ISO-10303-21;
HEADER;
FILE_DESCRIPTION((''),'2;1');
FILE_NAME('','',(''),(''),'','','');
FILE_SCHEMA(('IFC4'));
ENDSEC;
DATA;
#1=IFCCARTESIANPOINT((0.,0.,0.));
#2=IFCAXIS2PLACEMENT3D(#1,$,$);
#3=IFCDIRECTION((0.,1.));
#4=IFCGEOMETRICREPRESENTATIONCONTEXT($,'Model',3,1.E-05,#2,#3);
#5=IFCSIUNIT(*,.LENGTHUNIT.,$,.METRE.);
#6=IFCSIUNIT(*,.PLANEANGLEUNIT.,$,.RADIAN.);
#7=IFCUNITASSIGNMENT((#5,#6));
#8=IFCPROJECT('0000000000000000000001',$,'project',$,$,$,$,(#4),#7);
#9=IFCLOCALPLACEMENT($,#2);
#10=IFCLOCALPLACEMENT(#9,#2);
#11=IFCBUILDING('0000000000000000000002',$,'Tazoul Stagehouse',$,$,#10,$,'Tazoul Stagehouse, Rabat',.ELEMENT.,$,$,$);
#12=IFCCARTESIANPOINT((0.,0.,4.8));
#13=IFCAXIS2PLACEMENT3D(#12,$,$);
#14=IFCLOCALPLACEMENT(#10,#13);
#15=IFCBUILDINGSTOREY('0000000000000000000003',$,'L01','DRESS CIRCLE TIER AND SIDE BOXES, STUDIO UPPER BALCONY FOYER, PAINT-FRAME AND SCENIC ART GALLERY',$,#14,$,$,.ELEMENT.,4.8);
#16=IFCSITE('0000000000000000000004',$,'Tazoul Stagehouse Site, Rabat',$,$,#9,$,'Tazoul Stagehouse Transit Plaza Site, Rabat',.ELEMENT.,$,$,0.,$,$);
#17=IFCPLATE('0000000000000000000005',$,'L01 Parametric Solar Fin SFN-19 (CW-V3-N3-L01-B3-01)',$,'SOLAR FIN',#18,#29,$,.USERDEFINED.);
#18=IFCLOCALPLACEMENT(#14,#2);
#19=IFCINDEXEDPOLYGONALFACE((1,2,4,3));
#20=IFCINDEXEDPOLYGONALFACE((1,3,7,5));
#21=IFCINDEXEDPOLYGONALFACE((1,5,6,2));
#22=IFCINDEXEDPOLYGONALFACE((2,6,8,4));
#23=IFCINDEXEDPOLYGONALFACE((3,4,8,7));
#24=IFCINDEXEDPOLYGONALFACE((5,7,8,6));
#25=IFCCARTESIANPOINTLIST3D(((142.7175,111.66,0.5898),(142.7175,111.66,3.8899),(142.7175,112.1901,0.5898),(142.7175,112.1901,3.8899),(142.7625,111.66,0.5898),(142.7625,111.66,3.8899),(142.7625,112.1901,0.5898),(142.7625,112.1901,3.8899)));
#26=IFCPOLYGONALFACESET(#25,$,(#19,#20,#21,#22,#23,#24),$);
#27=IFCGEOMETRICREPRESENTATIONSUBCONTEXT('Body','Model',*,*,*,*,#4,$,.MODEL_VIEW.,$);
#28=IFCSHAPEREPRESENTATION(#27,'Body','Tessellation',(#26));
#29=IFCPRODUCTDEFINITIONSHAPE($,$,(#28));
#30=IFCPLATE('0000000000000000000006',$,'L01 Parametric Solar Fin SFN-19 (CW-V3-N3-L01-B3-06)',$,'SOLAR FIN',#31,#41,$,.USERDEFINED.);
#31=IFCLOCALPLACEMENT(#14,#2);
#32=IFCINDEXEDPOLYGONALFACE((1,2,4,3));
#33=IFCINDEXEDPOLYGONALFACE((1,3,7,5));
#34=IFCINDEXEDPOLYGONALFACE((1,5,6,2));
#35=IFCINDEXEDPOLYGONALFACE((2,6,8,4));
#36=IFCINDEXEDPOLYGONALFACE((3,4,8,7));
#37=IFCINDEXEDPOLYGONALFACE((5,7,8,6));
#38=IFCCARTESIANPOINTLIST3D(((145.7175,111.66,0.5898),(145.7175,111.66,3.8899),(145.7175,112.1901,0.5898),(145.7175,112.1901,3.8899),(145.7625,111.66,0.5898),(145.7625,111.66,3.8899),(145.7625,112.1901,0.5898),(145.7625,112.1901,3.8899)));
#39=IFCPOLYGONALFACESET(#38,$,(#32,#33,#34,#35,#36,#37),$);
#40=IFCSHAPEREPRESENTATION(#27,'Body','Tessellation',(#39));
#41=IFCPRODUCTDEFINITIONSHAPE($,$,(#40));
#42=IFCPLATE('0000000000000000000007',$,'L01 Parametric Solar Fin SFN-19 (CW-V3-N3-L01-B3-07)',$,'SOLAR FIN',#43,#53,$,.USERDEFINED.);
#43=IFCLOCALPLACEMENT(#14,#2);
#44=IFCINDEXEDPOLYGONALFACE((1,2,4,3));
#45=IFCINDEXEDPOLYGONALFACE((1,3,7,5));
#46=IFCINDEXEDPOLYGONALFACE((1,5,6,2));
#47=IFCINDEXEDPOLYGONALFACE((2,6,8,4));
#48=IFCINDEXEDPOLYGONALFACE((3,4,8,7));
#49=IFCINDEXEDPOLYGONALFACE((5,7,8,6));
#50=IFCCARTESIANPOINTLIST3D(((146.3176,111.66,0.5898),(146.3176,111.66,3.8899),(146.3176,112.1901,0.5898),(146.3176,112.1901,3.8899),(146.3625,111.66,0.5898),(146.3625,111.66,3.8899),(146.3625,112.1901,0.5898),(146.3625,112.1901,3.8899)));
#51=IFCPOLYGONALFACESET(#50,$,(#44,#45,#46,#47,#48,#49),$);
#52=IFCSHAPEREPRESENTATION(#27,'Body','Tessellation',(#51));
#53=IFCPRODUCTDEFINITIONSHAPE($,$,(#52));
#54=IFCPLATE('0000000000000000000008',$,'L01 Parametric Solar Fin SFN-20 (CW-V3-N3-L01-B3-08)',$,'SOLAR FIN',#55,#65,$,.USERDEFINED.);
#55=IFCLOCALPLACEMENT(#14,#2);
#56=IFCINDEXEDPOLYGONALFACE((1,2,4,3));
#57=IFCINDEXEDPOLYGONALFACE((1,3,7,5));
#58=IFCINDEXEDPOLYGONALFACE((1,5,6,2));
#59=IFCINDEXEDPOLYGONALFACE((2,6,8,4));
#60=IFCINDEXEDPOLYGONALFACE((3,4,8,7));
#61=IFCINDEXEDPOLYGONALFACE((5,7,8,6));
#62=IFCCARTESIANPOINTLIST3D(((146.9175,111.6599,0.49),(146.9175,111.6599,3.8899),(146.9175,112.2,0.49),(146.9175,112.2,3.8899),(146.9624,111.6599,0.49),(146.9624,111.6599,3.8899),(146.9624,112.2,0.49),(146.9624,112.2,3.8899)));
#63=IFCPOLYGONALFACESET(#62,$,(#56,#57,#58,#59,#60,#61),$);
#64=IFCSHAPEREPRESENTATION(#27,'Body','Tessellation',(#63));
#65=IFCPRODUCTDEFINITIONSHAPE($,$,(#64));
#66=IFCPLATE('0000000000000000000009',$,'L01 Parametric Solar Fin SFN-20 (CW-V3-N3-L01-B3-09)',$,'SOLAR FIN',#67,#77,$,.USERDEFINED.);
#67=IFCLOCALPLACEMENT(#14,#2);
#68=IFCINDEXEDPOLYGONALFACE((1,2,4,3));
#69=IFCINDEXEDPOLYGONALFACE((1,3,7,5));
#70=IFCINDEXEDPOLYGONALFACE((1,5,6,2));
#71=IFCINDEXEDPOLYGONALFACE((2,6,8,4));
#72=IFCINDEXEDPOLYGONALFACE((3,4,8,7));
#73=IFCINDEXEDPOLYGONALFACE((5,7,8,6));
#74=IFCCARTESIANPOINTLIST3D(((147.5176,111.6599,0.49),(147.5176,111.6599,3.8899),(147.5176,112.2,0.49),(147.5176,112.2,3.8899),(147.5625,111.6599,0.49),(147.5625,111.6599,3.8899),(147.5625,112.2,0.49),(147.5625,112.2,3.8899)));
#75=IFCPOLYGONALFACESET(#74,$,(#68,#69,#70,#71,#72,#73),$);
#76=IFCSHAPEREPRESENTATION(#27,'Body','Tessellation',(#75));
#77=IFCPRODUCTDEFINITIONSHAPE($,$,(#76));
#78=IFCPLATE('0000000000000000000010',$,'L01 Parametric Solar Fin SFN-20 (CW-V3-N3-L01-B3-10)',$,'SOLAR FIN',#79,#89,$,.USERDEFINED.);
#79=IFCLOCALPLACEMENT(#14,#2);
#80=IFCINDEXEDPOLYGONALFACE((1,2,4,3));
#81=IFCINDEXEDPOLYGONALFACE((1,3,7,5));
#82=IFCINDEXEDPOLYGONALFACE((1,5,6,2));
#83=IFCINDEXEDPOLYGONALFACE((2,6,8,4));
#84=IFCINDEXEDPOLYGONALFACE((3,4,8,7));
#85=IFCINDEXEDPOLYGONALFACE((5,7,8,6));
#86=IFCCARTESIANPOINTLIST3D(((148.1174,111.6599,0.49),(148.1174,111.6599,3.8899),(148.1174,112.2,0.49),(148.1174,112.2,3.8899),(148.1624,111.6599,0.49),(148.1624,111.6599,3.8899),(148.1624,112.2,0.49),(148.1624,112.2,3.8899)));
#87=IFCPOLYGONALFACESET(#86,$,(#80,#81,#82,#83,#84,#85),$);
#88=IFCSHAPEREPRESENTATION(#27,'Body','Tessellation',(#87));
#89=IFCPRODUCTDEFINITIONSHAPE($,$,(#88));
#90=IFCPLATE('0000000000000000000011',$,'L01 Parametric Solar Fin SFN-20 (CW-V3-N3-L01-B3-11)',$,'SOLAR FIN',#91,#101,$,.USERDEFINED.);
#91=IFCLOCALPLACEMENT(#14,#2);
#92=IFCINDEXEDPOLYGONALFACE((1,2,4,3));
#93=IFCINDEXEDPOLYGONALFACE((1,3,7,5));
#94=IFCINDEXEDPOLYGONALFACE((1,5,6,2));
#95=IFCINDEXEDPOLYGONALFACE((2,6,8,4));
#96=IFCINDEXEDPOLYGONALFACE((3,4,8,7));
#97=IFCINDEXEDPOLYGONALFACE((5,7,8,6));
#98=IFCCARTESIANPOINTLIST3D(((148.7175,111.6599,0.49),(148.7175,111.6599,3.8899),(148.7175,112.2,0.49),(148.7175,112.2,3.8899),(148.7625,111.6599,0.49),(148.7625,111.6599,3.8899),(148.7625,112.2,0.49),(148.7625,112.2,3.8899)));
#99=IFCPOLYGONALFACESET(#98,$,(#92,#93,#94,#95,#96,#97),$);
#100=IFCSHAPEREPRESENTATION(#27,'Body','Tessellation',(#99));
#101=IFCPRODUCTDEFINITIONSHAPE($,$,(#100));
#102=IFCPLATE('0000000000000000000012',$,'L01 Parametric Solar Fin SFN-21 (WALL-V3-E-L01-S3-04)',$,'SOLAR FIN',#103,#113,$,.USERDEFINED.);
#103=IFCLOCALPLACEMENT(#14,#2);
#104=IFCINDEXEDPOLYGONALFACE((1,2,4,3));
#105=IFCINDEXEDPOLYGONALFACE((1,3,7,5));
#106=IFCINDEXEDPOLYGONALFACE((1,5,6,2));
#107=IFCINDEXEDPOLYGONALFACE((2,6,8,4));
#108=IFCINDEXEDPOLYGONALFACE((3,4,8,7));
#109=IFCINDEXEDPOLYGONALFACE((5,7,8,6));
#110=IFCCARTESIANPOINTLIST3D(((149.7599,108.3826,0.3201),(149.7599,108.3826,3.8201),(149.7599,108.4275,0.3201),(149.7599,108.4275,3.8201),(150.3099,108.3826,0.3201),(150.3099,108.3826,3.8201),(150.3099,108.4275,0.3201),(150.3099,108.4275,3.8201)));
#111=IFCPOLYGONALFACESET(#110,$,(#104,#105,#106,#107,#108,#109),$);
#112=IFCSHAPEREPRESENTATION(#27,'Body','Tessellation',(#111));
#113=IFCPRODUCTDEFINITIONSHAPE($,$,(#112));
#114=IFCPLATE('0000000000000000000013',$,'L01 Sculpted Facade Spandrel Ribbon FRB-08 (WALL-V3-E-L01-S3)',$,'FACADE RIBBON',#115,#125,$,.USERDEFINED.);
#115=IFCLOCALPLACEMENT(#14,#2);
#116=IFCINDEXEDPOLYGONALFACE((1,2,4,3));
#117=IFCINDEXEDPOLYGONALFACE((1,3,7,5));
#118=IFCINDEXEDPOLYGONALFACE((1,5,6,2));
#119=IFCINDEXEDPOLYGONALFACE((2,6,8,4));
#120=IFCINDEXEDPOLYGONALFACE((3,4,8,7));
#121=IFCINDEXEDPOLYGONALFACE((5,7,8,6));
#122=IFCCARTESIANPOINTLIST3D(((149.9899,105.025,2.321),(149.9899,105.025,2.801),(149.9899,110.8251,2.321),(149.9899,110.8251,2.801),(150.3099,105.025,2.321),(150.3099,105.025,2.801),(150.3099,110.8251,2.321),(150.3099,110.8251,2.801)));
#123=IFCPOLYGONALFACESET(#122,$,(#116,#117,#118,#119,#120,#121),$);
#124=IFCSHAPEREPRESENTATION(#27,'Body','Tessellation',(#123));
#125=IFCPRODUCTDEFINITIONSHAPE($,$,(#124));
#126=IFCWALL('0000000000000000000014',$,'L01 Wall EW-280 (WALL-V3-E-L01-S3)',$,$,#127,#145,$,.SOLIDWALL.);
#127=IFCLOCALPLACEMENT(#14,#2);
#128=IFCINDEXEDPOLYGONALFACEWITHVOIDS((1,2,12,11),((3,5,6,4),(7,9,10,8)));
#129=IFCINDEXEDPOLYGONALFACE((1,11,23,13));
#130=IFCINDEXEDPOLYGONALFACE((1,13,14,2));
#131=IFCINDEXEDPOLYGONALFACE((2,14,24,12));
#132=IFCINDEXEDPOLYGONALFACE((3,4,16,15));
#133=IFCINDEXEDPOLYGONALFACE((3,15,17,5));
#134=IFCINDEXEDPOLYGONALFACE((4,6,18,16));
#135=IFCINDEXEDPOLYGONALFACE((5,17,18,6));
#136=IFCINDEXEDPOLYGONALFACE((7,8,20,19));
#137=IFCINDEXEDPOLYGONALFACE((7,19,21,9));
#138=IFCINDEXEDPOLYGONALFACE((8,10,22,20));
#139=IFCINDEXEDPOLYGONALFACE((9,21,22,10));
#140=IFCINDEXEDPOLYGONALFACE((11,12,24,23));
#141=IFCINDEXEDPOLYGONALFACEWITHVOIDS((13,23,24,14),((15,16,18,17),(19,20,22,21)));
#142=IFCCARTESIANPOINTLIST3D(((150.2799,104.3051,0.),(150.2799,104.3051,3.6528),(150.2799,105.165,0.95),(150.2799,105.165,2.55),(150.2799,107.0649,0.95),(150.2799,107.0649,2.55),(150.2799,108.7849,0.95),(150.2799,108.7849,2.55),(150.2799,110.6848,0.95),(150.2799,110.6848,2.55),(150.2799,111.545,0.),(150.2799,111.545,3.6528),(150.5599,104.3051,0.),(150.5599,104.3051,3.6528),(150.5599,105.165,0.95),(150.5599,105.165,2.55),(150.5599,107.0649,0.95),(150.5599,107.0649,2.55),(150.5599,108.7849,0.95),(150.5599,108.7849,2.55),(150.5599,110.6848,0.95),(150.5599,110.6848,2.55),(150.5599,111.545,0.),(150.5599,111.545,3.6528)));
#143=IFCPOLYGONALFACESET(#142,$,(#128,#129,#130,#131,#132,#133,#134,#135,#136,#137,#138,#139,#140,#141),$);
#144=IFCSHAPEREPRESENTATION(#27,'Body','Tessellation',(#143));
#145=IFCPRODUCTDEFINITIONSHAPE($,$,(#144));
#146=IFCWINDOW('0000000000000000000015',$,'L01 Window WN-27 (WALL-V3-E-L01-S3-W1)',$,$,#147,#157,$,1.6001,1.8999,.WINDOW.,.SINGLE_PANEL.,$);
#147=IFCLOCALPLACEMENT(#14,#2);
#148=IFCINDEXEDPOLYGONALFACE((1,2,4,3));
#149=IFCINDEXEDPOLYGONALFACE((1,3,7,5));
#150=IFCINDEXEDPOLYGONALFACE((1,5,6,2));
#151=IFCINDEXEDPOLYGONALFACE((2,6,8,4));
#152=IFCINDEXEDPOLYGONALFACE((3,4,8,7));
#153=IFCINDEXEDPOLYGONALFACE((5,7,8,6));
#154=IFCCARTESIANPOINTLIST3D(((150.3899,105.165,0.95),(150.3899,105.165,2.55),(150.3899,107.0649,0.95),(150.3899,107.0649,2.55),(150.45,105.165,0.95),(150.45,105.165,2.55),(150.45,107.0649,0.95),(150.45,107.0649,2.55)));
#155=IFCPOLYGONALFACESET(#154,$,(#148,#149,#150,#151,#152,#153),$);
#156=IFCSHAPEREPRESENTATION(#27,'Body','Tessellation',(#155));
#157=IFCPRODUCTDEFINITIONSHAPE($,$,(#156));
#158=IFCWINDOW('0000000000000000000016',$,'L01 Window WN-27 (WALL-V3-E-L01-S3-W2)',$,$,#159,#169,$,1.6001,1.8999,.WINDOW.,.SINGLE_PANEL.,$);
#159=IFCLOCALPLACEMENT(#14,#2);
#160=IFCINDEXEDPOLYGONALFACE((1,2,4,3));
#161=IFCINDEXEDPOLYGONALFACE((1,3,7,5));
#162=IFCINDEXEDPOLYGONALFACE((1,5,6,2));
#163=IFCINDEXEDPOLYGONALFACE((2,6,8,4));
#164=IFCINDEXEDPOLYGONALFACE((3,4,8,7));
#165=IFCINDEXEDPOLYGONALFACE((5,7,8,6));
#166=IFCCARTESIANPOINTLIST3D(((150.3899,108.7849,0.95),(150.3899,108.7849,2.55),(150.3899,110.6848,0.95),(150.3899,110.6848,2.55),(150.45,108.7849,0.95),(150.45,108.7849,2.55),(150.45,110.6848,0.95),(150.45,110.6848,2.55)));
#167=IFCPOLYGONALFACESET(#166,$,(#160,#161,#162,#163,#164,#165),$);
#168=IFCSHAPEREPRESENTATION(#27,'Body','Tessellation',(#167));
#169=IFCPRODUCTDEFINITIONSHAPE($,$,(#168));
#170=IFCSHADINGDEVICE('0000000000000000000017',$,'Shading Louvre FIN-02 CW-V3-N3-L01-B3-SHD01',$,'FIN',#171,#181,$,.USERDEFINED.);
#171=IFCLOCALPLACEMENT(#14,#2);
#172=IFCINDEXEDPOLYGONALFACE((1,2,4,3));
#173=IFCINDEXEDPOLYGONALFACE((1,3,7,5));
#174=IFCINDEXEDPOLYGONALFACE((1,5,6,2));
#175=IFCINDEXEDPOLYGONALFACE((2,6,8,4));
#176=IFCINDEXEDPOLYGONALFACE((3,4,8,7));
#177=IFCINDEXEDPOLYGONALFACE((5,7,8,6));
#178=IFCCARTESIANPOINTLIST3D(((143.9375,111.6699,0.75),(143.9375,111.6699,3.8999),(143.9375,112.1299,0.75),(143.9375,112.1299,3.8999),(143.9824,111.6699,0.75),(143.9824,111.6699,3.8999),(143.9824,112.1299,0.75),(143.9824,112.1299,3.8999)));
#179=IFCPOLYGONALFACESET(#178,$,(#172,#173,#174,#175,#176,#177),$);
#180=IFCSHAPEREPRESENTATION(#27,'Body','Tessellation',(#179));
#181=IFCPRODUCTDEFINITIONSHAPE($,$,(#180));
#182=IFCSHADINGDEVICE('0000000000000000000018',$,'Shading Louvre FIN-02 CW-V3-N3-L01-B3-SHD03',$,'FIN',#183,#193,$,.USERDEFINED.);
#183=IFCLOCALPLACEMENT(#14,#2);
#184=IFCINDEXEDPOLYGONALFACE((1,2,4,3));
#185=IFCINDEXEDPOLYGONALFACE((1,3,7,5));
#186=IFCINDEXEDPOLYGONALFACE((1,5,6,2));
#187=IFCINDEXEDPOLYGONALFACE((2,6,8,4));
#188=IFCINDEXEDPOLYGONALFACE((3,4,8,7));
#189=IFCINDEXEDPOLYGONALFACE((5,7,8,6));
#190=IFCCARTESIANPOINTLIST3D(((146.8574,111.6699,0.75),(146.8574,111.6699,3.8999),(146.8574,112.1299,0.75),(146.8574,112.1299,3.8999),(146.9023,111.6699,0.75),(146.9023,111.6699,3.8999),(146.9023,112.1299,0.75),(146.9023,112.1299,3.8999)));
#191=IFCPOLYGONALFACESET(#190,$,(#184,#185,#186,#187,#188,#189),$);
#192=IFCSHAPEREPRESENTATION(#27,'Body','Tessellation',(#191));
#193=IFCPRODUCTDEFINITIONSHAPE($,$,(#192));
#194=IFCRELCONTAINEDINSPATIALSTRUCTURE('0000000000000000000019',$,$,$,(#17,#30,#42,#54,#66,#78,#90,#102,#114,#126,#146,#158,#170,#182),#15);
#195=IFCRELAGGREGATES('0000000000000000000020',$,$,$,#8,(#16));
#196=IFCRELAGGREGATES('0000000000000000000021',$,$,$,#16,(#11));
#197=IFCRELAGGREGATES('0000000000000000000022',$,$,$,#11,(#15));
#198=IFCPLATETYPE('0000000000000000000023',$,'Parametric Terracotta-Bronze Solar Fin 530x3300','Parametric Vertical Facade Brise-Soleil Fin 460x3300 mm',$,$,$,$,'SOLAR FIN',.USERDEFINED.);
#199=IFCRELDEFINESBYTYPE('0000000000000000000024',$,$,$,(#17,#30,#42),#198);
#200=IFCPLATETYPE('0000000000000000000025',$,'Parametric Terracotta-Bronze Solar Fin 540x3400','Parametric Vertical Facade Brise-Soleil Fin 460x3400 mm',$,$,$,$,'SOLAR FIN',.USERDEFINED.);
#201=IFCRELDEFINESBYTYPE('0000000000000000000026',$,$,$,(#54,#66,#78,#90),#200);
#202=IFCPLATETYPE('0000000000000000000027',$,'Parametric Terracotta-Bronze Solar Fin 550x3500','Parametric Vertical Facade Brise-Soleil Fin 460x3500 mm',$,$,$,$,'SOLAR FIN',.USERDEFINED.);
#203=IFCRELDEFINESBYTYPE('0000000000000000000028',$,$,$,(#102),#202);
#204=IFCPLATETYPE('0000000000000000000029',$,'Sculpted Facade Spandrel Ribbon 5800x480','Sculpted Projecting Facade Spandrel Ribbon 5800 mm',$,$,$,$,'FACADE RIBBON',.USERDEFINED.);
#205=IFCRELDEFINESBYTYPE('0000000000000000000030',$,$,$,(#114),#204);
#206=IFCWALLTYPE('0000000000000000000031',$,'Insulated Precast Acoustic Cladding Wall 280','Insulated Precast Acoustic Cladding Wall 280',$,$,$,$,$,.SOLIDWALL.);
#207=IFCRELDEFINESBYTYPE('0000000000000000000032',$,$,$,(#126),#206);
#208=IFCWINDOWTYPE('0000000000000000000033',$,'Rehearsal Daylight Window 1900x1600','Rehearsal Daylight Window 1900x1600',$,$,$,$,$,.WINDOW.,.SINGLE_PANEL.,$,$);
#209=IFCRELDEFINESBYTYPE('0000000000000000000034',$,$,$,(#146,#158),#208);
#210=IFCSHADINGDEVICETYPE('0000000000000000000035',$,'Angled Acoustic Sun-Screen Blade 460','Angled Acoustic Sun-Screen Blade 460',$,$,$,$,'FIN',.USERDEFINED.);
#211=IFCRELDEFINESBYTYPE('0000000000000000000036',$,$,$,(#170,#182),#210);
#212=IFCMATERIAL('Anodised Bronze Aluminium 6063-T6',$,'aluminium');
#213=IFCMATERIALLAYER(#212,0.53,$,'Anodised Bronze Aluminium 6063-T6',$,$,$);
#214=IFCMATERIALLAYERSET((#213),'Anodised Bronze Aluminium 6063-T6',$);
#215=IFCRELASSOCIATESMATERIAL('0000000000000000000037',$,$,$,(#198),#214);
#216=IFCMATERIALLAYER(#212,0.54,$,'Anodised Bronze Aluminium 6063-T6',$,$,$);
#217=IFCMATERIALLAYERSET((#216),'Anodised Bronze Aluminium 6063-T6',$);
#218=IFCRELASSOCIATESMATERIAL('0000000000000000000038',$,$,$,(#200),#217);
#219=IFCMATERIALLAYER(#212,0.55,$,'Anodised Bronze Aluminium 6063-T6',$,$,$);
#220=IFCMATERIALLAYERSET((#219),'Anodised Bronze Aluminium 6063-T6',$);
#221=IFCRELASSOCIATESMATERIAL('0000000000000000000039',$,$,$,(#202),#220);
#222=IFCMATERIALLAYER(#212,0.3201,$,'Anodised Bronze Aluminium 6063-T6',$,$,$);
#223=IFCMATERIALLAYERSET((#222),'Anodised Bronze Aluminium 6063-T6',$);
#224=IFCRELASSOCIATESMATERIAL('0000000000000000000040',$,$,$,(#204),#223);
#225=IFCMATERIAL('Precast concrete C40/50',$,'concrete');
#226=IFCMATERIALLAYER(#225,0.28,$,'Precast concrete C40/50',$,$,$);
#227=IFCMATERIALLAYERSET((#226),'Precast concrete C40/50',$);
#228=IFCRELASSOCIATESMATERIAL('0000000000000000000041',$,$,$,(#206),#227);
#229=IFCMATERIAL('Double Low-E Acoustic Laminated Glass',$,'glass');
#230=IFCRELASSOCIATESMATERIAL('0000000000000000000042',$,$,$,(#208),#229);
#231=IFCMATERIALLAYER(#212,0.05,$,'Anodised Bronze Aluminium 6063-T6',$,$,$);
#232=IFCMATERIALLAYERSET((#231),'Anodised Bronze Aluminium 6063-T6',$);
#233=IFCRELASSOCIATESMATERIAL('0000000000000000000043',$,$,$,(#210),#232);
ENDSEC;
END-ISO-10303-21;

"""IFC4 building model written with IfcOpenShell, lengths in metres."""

from ifc_helpers import new_model, si_unit, direction, frame, frame_2d, origin, origin_2d, place, context, subcontext, project, spatial, rectangle, extrude, material, layer, layer_set, type_object, element, fill, save


model = new_model("IFC4")

# Units and contexts
model_context = context("Model", 3, precision=1e-05, world=origin(), true_north=direction((0.0, 1.0)))
body_context = subcontext(model_context, "Body", "Model", "MODEL_VIEW")
ifc_project = project(units=[si_unit("LENGTHUNIT", "METRE"), si_unit("PLANEANGLEUNIT", "RADIAN")], contexts=[model_context])

# Site, building, storey
site_placement = place(None, origin())
site = spatial("IfcSite", under=ifc_project, at=site_placement, Name="Tazoul Stagehouse Site, Rabat", LongName="Tazoul Stagehouse Transit Plaza Site, Rabat", CompositionType="ELEMENT", RefElevation=0.0)
building_placement = place(site_placement, origin())
building = spatial("IfcBuilding", under=site, at=building_placement, Name="Tazoul Stagehouse", LongName="Tazoul Stagehouse, Rabat", CompositionType="ELEMENT")
storey_placement = place(building_placement, frame((0.0, 0.0, 4.8)))
storey = spatial("IfcBuildingStorey", under=building, at=storey_placement, Name="L01", Description="DRESS CIRCLE TIER AND SIDE BOXES, STUDIO UPPER BALCONY FOYER, PAINT-FRAME AND SCENIC ART GALLERY", CompositionType="ELEMENT", Elevation=4.8)

# Plates
ifc_material_1 = material(Name="Anodised Bronze Aluminium 6063-T6", Category="aluminium")
ifc_layer_1 = layer(ifc_material_1, 0.53, Name="Anodised Bronze Aluminium 6063-T6")
ifc_layer_set_1 = layer_set([ifc_layer_1], Name="Anodised Bronze Aluminium 6063-T6")
plate_type_1 = type_object("IfcPlateType", Name="Parametric Terracotta-Bronze Solar Fin 530x3300", Description="Parametric Vertical Facade Brise-Soleil Fin 460x3300 mm", ElementType="SOLAR FIN", PredefinedType="USERDEFINED", material=ifc_layer_set_1)
for number, where, z_axis, x_axis, name in (
    (1, (142.74, 111.925, 0.5898), (0.0, 0.0, 1.0), (1.0, 0.0, 0.0), "L01 Parametric Solar Fin SFN-19 (CW-V3-N3-L01-B3-01)"),
    (2, (145.74, 111.925, 0.5898), (0.0, 0.0, 1.0), (1.0, 0.0, 0.0), "L01 Parametric Solar Fin SFN-19 (CW-V3-N3-L01-B3-06)"),
    (3, (146.3401, 111.925, 0.5898), (0.0, 0.0, 1.0), (1.0, 0.0, 0.0), "L01 Parametric Solar Fin SFN-19 (CW-V3-N3-L01-B3-07)"),
):
    element("IfcPlate", number, at=place(storey_placement, frame(where, z_axis=z_axis, x_axis=x_axis)), inside=storey, type_object=plate_type_1, Name=name, ObjectType="SOLAR FIN", PredefinedType="USERDEFINED", context=body_context, shape_type="SweptSolid", body=[
        extrude(rectangle(XDim=0.0449, YDim=0.53, at=origin_2d()), origin(), (0.0, 0.0, 1.0), 3.3),
    ])
ifc_layer_2 = layer(ifc_material_1, 0.54, Name="Anodised Bronze Aluminium 6063-T6")
ifc_layer_set_2 = layer_set([ifc_layer_2], Name="Anodised Bronze Aluminium 6063-T6")
plate_type_2 = type_object("IfcPlateType", Name="Parametric Terracotta-Bronze Solar Fin 540x3400", Description="Parametric Vertical Facade Brise-Soleil Fin 460x3400 mm", ElementType="SOLAR FIN", PredefinedType="USERDEFINED", material=ifc_layer_set_2)
for number, where, z_axis, x_axis, name in (
    (4, (146.9399, 111.9299, 0.49), (0.0, 0.0, 1.0), (1.0, 0.0, 0.0), "L01 Parametric Solar Fin SFN-20 (CW-V3-N3-L01-B3-08)"),
    (5, (147.54, 111.9299, 0.49), (0.0, 0.0, 1.0), (1.0, 0.0, 0.0), "L01 Parametric Solar Fin SFN-20 (CW-V3-N3-L01-B3-09)"),
    (6, (148.1399, 111.9299, 0.49), (0.0, 0.0, 1.0), (1.0, 0.0, 0.0), "L01 Parametric Solar Fin SFN-20 (CW-V3-N3-L01-B3-10)"),
    (7, (148.74, 111.9299, 0.49), (0.0, 0.0, 1.0), (1.0, 0.0, 0.0), "L01 Parametric Solar Fin SFN-20 (CW-V3-N3-L01-B3-11)"),
):
    element("IfcPlate", number, at=place(storey_placement, frame(where, z_axis=z_axis, x_axis=x_axis)), inside=storey, type_object=plate_type_2, Name=name, ObjectType="SOLAR FIN", PredefinedType="USERDEFINED", context=body_context, shape_type="SweptSolid", body=[
        extrude(rectangle(XDim=0.0449, YDim=0.54, at=origin_2d()), origin(), (0.0, 0.0, 1.0), 3.3999),
    ])
ifc_layer_3 = layer(ifc_material_1, 0.55, Name="Anodised Bronze Aluminium 6063-T6")
ifc_layer_set_3 = layer_set([ifc_layer_3], Name="Anodised Bronze Aluminium 6063-T6")
plate_type_3 = type_object("IfcPlateType", Name="Parametric Terracotta-Bronze Solar Fin 550x3500", Description="Parametric Vertical Facade Brise-Soleil Fin 460x3500 mm", ElementType="SOLAR FIN", PredefinedType="USERDEFINED", material=ifc_layer_set_3)
plate_1_placement = place(storey_placement, frame((150.0349, 108.405, 0.3201), z_axis=(0.0, 0.0, 1.0), x_axis=(0.0, 1.0, 0.0)))
element("IfcPlate", 8, at=plate_1_placement, inside=storey, type_object=plate_type_3, Name="L01 Parametric Solar Fin SFN-21 (WALL-V3-E-L01-S3-04)", ObjectType="SOLAR FIN", PredefinedType="USERDEFINED", context=body_context, shape_type="SweptSolid", body=[
    extrude(rectangle(XDim=0.0449, YDim=0.55, at=origin_2d()), origin(), (0.0, 0.0, 1.0), 3.5),
])
ifc_layer_4 = layer(ifc_material_1, 0.3201, Name="Anodised Bronze Aluminium 6063-T6")
ifc_layer_set_4 = layer_set([ifc_layer_4], Name="Anodised Bronze Aluminium 6063-T6")
plate_type_4 = type_object("IfcPlateType", Name="Sculpted Facade Spandrel Ribbon 5800x480", Description="Sculpted Projecting Facade Spandrel Ribbon 5800 mm", ElementType="FACADE RIBBON", PredefinedType="USERDEFINED", material=ifc_layer_set_4)
plate_2_placement = place(storey_placement, frame((150.1499, 107.925, 2.321), z_axis=(0.0, 0.0, 1.0), x_axis=(0.0, 1.0, 0.0)))
element("IfcPlate", 9, at=plate_2_placement, inside=storey, type_object=plate_type_4, Name="L01 Sculpted Facade Spandrel Ribbon FRB-08 (WALL-V3-E-L01-S3)", ObjectType="FACADE RIBBON", PredefinedType="USERDEFINED", context=body_context, shape_type="SweptSolid", body=[
    extrude(rectangle(XDim=5.8, YDim=0.3201, at=origin_2d()), origin(), (0.0, 0.0, 1.0), 0.48),
])

# Wall, openings, windows
ifc_material_2 = material(Name="Precast concrete C40/50", Category="concrete")
ifc_layer_5 = layer(ifc_material_2, 0.28, Name="Precast concrete C40/50")
ifc_layer_set_5 = layer_set([ifc_layer_5], Name="Precast concrete C40/50")
wall_type = type_object("IfcWallType", Name="Insulated Precast Acoustic Cladding Wall 280", Description="Insulated Precast Acoustic Cladding Wall 280", PredefinedType="SOLIDWALL", material=ifc_layer_set_5)
wall_placement = place(storey_placement, frame((150.4199, 104.3049, 0.0), z_axis=(0.0, 0.0, 1.0), x_axis=(0.0, 1.0, 0.0)))
wall = element("IfcWall", 10, at=wall_placement, inside=storey, type_object=wall_type, Name="L01 Wall EW-280 (WALL-V3-E-L01-S3)", PredefinedType="SOLIDWALL", context=body_context, shape_type="SweptSolid", body=[
    extrude(rectangle(XDim=7.24, YDim=0.28, at=frame_2d((3.6201, 0.0))), origin(), (0.0, 0.0, 1.0), 3.6528),
])
opening_1_placement = place(wall_placement, frame((0.8601, 0.0, 0.95)))
opening_1 = element("IfcOpeningElement", 11, at=opening_1_placement, cuts=wall, PredefinedType="OPENING", context=body_context, shape_type="SweptSolid", body=[
    extrude(rectangle(XDim=1.8999, YDim=1.6001, at=frame_2d((0.95, 0.8))), frame((0.0, 0.1599, 0.0), z_axis=(0.0, -1.0, 0.0), x_axis=(1.0, 0.0, 0.0)), (0.0, 0.0, 1.0), 0.3201),
])
opening_2_placement = place(wall_placement, frame((4.48, 0.0, 0.95)))
opening_2 = element("IfcOpeningElement", 12, at=opening_2_placement, cuts=wall, PredefinedType="OPENING", context=body_context, shape_type="SweptSolid", body=[
    extrude(rectangle(XDim=1.8999, YDim=1.6001, at=frame_2d((0.95, 0.8))), frame((0.0, 0.1599, 0.0), z_axis=(0.0, -1.0, 0.0), x_axis=(1.0, 0.0, 0.0)), (0.0, 0.0, 1.0), 0.3201),
])
ifc_material_3 = material(Name="Double Low-E Acoustic Laminated Glass", Category="glass")
window_type = type_object("IfcWindowType", Name="Rehearsal Daylight Window 1900x1600", Description="Rehearsal Daylight Window 1900x1600", PartitioningType="SINGLE_PANEL", PredefinedType="WINDOW", material=ifc_material_3)
window_1_placement = place(opening_1_placement, origin())
window_1 = element("IfcWindow", 13, at=window_1_placement, inside=storey, type_object=window_type, Name="L01 Window WN-27 (WALL-V3-E-L01-S3-W1)", OverallHeight=1.6001, OverallWidth=1.8999, PartitioningType="SINGLE_PANEL", PredefinedType="WINDOW", context=body_context, shape_type="SweptSolid", body=[
    extrude(rectangle(XDim=1.8999, YDim=1.6001, at=frame_2d((0.95, 0.8))), frame((0.0, 0.03, 0.0), z_axis=(0.0, -1.0, 0.0), x_axis=(1.0, 0.0, 0.0)), (0.0, 0.0, 1.0), 0.0601),
])
fill(opening_1, window_1)
window_2_placement = place(opening_2_placement, origin())
window_2 = element("IfcWindow", 14, at=window_2_placement, inside=storey, type_object=window_type, Name="L01 Window WN-27 (WALL-V3-E-L01-S3-W2)", OverallHeight=1.6001, OverallWidth=1.8999, PartitioningType="SINGLE_PANEL", PredefinedType="WINDOW", context=body_context, shape_type="SweptSolid", body=[
    extrude(rectangle(XDim=1.8999, YDim=1.6001, at=frame_2d((0.95, 0.8))), frame((0.0, 0.03, 0.0), z_axis=(0.0, -1.0, 0.0), x_axis=(1.0, 0.0, 0.0)), (0.0, 0.0, 1.0), 0.0601),
])
fill(opening_2, window_2)

# Shading devices
ifc_layer_6 = layer(ifc_material_1, 0.05, Name="Anodised Bronze Aluminium 6063-T6")
ifc_layer_set_6 = layer_set([ifc_layer_6], Name="Anodised Bronze Aluminium 6063-T6")
shading_device_type_1 = type_object("IfcShadingDeviceType", Name="Angled Acoustic Sun-Screen Blade 460", Description="Angled Acoustic Sun-Screen Blade 460", ElementType="FIN", PredefinedType="USERDEFINED", material=ifc_layer_set_6)
for number, where, z_axis, x_axis, name in (
    (15, (143.96, 111.8999, 0.75), (0.0, 0.0, 1.0), (1.0, 0.0, 0.0), "Shading Louvre FIN-02 CW-V3-N3-L01-B3-SHD01"),
    (16, (146.8799, 111.8999, 0.75), (0.0, 0.0, 1.0), (1.0, 0.0, 0.0), "Shading Louvre FIN-02 CW-V3-N3-L01-B3-SHD03"),
):
    element("IfcShadingDevice", number, at=place(storey_placement, frame(where, z_axis=z_axis, x_axis=x_axis)), inside=storey, type_object=shading_device_type_1, Name=name, ObjectType="FIN", PredefinedType="USERDEFINED", context=body_context, shape_type="SweptSolid", body=[
        extrude(rectangle(XDim=0.0449, YDim=0.46, at=origin_2d()), origin(), (0.0, 0.0, 1.0), 3.1499),
    ])

save(model, "model.ifc")
